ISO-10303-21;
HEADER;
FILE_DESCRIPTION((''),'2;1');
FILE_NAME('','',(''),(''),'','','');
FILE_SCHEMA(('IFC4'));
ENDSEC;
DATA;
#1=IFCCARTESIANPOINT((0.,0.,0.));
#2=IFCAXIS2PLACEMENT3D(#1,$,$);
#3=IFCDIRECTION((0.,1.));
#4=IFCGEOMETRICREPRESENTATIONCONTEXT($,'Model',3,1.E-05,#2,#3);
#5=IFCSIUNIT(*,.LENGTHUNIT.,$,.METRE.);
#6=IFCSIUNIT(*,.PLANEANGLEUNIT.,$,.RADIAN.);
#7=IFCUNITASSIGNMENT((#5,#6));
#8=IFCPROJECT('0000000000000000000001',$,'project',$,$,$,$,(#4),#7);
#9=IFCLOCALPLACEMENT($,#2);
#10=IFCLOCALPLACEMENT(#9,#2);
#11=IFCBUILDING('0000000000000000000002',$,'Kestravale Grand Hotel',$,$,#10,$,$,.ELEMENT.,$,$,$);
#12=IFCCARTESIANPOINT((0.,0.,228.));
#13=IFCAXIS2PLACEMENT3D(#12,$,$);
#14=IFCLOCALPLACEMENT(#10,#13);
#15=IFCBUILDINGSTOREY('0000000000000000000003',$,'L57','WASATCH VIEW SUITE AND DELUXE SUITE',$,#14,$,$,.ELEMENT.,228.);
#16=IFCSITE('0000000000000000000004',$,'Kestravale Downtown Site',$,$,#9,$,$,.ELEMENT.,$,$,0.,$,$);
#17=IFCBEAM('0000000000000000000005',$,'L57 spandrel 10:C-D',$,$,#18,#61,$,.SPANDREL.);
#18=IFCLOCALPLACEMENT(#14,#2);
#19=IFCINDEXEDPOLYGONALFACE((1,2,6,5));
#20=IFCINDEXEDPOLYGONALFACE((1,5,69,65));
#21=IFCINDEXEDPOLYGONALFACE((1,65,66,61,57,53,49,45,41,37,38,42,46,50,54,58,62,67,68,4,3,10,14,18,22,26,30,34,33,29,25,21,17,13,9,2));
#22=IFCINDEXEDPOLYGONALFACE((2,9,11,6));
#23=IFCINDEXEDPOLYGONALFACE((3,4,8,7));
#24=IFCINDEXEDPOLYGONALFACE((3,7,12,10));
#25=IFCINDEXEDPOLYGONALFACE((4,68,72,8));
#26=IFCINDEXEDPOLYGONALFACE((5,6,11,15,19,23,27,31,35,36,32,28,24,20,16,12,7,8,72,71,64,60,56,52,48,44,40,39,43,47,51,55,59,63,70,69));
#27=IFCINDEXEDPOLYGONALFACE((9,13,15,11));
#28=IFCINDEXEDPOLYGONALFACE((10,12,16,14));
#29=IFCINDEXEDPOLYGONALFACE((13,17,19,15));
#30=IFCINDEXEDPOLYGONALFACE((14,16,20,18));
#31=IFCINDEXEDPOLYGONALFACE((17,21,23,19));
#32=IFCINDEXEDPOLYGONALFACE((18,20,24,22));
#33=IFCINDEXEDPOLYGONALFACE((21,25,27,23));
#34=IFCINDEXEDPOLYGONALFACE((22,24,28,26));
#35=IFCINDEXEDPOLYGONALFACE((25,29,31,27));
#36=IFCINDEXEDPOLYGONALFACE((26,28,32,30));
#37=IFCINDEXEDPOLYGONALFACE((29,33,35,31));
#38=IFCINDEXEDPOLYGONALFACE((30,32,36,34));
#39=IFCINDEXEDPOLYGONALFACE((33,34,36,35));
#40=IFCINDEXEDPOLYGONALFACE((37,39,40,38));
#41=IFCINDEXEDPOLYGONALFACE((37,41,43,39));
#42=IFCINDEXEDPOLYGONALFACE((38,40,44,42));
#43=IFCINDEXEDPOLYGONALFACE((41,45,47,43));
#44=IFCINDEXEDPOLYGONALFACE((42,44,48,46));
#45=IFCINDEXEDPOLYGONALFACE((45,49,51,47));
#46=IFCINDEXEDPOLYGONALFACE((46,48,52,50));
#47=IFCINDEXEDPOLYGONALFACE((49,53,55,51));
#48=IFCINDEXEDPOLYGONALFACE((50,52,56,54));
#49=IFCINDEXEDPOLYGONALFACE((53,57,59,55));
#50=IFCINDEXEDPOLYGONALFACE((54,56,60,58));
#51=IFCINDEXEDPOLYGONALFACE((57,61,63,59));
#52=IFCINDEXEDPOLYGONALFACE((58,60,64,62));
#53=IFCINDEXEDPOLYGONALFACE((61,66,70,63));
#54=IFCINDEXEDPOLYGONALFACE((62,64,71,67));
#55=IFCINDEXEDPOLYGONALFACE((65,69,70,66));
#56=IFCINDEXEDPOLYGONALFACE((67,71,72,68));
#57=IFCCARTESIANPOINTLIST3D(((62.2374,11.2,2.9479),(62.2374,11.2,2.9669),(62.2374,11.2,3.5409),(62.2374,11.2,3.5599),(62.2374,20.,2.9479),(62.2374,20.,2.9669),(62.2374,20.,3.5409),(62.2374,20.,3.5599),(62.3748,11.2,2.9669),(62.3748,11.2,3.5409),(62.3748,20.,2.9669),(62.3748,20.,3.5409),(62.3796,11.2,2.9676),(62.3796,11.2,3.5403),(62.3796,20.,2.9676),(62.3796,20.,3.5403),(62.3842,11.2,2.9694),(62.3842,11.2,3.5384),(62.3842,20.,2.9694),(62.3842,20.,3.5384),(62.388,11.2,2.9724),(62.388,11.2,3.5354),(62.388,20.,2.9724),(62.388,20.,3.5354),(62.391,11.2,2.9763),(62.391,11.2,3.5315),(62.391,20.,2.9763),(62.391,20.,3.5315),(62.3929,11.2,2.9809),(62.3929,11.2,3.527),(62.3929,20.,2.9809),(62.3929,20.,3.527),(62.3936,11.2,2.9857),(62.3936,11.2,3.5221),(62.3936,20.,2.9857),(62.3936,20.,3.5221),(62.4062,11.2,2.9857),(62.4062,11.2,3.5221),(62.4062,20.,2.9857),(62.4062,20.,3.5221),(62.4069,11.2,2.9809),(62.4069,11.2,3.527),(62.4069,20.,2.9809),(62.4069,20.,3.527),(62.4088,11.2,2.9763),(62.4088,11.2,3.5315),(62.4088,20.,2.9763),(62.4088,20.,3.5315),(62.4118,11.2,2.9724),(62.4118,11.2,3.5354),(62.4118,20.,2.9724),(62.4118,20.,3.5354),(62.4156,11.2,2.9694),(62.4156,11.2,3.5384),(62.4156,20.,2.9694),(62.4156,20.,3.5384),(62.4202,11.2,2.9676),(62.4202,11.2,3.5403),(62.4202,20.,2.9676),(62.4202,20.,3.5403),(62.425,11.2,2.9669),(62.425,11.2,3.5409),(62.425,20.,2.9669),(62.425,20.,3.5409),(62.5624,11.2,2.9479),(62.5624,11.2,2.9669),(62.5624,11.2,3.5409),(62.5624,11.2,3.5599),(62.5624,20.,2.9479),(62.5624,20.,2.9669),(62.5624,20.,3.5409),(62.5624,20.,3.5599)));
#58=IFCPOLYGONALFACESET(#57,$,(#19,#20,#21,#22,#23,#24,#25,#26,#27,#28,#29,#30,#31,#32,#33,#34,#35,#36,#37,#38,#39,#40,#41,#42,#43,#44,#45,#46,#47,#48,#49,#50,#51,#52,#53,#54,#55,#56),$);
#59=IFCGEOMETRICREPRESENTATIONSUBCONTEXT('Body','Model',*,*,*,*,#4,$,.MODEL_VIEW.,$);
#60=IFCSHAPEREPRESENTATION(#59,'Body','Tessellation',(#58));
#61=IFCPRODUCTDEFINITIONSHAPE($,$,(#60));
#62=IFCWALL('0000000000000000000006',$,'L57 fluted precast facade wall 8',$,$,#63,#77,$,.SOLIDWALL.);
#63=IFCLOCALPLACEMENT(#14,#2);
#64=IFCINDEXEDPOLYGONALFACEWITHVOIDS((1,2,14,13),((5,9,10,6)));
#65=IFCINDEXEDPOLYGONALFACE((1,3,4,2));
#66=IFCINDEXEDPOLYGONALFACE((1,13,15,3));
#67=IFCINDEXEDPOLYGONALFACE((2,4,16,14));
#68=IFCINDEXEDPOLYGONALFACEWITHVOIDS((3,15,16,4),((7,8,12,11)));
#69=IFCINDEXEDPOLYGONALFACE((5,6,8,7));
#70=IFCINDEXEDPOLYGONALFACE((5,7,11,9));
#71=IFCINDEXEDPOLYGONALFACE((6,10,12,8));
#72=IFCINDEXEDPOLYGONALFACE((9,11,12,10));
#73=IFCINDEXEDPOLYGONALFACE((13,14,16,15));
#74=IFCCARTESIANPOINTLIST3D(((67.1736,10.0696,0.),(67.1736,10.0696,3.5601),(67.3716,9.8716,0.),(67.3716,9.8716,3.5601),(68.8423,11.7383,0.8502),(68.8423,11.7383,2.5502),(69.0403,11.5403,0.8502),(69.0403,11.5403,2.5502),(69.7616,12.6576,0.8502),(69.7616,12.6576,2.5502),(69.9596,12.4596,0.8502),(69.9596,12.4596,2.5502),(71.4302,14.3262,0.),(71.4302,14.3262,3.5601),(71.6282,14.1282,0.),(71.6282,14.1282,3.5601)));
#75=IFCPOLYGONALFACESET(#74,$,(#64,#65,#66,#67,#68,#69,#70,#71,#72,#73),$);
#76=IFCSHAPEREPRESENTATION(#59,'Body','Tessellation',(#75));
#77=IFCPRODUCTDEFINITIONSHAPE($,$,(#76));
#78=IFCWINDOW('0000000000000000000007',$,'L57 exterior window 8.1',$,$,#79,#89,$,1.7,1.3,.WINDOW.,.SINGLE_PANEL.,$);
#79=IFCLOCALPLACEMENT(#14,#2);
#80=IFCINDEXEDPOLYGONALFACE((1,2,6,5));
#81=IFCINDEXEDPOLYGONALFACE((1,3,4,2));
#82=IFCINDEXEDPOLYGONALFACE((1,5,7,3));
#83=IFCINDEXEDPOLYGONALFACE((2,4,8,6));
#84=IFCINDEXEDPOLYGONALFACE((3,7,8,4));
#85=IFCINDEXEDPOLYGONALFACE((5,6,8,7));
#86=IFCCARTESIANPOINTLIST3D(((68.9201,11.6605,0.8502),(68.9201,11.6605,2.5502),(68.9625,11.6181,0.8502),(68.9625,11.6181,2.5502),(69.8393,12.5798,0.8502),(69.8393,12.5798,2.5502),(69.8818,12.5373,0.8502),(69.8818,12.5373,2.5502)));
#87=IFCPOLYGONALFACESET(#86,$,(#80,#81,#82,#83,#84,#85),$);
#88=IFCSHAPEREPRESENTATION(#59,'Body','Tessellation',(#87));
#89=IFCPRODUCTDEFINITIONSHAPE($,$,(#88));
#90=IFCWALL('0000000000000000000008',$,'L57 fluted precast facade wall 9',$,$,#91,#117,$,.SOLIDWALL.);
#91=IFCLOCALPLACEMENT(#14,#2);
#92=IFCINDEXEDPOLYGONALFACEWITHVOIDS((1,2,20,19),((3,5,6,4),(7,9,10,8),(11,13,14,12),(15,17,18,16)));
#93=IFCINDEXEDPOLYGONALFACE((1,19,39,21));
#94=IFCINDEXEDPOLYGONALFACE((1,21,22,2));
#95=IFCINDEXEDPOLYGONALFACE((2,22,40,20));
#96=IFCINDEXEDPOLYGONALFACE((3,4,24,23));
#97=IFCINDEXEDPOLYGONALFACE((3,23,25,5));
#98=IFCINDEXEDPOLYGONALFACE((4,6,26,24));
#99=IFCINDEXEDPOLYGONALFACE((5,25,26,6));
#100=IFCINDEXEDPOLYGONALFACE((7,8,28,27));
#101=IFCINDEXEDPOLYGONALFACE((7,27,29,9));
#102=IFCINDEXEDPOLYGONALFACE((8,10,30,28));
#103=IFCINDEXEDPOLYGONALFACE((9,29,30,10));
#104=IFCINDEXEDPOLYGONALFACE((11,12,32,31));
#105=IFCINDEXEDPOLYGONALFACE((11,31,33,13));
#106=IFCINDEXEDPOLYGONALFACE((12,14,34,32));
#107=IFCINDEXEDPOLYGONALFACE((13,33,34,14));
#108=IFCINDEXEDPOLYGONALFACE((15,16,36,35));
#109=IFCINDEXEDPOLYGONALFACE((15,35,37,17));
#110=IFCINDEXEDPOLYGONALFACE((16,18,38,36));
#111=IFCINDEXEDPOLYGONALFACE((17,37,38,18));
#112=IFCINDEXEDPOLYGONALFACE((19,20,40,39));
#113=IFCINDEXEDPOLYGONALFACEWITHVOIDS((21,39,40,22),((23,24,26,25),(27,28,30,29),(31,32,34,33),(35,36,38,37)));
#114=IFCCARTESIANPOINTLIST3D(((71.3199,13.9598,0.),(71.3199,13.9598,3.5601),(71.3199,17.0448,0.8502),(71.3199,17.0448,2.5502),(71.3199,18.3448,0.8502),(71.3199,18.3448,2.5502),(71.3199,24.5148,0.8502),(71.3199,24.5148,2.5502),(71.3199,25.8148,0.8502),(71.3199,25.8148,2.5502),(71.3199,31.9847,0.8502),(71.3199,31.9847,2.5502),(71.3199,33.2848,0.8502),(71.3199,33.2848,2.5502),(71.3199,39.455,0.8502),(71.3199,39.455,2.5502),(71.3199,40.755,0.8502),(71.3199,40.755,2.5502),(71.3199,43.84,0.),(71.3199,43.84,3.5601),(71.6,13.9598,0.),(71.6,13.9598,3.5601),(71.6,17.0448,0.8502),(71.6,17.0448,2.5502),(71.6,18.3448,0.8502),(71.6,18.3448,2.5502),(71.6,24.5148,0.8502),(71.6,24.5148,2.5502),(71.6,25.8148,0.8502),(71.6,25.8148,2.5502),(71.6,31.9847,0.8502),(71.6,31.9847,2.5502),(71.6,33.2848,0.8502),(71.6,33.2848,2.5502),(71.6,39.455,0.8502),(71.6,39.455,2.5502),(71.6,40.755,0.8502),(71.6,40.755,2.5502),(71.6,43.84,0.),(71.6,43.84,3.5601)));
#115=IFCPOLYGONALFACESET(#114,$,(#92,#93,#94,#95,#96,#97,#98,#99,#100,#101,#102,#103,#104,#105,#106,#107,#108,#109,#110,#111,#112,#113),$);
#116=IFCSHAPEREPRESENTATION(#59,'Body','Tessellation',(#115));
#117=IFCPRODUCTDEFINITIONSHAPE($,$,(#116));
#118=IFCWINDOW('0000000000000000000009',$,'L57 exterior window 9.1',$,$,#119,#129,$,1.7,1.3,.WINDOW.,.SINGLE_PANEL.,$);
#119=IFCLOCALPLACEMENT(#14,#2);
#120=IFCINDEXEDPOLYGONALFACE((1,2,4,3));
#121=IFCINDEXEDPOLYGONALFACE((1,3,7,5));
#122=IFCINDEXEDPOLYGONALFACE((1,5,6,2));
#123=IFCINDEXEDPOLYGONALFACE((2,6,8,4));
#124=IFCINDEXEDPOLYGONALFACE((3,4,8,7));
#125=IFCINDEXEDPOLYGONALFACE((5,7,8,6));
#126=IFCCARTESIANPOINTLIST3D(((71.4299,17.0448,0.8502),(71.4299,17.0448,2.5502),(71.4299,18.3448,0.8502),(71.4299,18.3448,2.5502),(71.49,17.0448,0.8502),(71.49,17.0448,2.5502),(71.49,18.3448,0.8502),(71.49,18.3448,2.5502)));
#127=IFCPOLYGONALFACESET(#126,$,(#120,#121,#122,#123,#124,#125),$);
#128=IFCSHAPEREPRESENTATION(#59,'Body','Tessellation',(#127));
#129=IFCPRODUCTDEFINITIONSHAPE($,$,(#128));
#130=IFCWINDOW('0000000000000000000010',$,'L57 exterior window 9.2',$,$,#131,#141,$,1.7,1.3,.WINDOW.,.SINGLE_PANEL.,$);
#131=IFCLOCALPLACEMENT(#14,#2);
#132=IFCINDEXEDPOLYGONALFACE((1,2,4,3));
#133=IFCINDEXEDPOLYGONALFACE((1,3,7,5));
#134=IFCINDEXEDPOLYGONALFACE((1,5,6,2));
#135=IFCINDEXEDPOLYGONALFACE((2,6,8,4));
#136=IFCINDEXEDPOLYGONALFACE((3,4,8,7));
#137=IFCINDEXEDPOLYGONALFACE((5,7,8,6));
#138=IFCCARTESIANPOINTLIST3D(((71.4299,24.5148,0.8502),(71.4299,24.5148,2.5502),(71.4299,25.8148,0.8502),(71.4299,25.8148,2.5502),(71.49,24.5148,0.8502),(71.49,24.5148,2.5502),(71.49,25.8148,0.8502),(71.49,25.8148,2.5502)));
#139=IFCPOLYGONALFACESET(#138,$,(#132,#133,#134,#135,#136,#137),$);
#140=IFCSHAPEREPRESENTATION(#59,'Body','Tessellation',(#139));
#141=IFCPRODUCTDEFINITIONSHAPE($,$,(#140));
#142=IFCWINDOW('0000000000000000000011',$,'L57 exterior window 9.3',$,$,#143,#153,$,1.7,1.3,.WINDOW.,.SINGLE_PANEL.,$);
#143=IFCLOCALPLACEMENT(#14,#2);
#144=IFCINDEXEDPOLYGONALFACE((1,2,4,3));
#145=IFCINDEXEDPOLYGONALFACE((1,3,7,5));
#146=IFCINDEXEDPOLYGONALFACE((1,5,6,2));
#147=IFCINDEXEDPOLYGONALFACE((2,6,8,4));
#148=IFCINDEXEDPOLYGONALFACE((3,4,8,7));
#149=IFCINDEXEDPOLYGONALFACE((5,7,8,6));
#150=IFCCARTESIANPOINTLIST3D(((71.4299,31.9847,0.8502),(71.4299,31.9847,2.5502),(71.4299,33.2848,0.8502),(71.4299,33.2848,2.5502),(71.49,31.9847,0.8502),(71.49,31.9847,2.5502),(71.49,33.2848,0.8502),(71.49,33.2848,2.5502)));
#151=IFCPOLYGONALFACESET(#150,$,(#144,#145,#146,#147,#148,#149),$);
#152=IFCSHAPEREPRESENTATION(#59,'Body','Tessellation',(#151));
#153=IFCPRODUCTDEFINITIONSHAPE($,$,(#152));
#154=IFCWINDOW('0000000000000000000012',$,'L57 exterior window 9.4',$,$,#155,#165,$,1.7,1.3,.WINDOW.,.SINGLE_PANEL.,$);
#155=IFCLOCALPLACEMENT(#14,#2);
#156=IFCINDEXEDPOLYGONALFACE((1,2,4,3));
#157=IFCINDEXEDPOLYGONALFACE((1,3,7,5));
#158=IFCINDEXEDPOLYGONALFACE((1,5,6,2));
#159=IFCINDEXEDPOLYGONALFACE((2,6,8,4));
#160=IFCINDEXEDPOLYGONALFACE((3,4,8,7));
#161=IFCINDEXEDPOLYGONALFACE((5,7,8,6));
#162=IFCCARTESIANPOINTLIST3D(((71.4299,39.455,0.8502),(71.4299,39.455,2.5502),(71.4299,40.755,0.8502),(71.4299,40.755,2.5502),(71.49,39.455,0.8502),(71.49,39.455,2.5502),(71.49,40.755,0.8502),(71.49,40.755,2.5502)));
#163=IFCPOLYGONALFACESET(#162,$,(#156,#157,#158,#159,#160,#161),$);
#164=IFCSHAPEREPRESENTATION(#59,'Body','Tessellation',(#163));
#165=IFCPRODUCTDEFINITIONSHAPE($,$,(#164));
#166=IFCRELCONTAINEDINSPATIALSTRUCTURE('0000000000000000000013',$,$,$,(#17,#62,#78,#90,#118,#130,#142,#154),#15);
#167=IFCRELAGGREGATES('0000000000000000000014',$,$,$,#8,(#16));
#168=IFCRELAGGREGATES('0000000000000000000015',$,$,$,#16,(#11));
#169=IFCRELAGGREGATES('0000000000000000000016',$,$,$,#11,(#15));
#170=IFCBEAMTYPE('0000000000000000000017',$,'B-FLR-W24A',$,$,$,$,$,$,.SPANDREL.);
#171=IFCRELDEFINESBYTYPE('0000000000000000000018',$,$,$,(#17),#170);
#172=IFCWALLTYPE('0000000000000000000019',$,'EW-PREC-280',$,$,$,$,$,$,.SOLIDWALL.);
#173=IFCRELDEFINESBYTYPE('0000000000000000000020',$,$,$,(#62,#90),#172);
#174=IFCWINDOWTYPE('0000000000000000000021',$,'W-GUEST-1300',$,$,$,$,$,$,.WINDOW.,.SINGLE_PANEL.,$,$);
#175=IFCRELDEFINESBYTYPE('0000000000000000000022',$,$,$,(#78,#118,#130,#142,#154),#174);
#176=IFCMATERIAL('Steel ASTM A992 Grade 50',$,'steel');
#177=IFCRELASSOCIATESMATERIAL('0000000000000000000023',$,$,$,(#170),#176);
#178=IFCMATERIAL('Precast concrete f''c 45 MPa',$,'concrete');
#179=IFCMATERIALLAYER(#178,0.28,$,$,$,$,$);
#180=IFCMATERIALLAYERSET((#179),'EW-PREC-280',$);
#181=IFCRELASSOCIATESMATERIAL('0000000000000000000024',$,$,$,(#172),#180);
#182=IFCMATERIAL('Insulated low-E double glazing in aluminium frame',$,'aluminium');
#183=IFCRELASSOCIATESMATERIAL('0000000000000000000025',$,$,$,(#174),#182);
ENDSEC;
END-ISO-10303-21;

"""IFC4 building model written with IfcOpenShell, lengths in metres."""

from ifc_helpers import new_model, si_unit, direction, frame, frame_2d, origin, origin_2d, place, context, subcontext, project, spatial, rectangle, i_section, extrude, material, layer, layer_set, material_profile, profile_set, type_object, element, fill, save


model = new_model("IFC4")

# Units and contexts
model_context = context("Model", 3, precision=1e-05, world=origin(), true_north=direction((0.0, 1.0)))
body_context = subcontext(model_context, "Body", "Model", "MODEL_VIEW")
ifc_project = project(units=[si_unit("LENGTHUNIT", "METRE"), si_unit("PLANEANGLEUNIT", "RADIAN")], contexts=[model_context])

# Site, building, storey
site_placement = place(None, origin())
site = spatial("IfcSite", under=ifc_project, at=site_placement, Name="Kestravale Downtown Site", CompositionType="ELEMENT", RefElevation=0.0)
building_placement = place(site_placement, origin())
building = spatial("IfcBuilding", under=site, at=building_placement, Name="Kestravale Grand Hotel", CompositionType="ELEMENT")
storey_placement = place(building_placement, frame((0.0, 0.0, 228.0)))
storey = spatial("IfcBuildingStorey", under=building, at=storey_placement, Name="L57", Description="WASATCH VIEW SUITE AND DELUXE SUITE", CompositionType="ELEMENT", Elevation=228.0)

# Beam
ifc_material_1 = material(Name="Steel ASTM A992 Grade 50", Category="steel")
ifc_material_profile_1 = material_profile(ifc_material_1, i_section(OverallWidth=0.325, OverallDepth=0.6121, WebThickness=0.0127, FlangeThickness=0.019, FilletRadius=0.0188, at=origin_2d()))
ifc_profile_set_1 = profile_set([ifc_material_profile_1], Name="Steel ASTM A992 Grade 50")
beam_type_1 = type_object("IfcBeamType", Name="B-FLR-W24A", PredefinedType="SPANDREL", material=ifc_profile_set_1)
for number, where, z_axis, x_axis, name in (
    (1, (62.3999, 11.2, 3.2539), (0.0, 1.0, 0.0), (-1.0, 0.0, 0.0), "L57 spandrel 10:C-D"),
):
    element("IfcBeam", number, at=place(storey_placement, frame(where, z_axis=z_axis, x_axis=x_axis)), inside=storey, type_object=beam_type_1, Name=name, PredefinedType="SPANDREL", context=body_context, shape_type="SweptSolid", body=[
        extrude(i_section(OverallWidth=0.325, OverallDepth=0.6121, WebThickness=0.0127, FlangeThickness=0.019, FilletRadius=0.0188, at=origin_2d()), origin(), (0.0, 0.0, 1.0), 8.8),
    ])

# Wall, opening, window
ifc_material_2 = material(Name="Precast concrete f'c 45 MPa", Category="concrete")
ifc_layer_1 = layer(ifc_material_2, 0.28)
ifc_layer_set_1 = layer_set([ifc_layer_1], Name="EW-PREC-280")
wall_type_1 = type_object("IfcWallType", Name="EW-PREC-280", PredefinedType="SOLIDWALL", material=ifc_layer_set_1)
wall_1_placement = place(storey_placement, frame((67.2727, 9.9707, 0.0), z_axis=(0.0, 0.0, 1.0), x_axis=(0.707107, 0.707107, 0.0)))
wall_1 = element("IfcWall", 2, at=wall_1_placement, inside=storey, type_object=wall_type_1, Name="L57 fluted precast facade wall 8", PredefinedType="SOLIDWALL", context=body_context, shape_type="SweptSolid", body=[
    extrude(rectangle(XDim=6.0198, YDim=0.28, at=frame_2d((3.0098, 0.0))), origin(), (0.0, 0.0, 1.0), 3.5601),
])
opening_1_placement = place(wall_1_placement, frame((2.3599, 0.0, 0.8501)))
opening_1 = element("IfcOpeningElement", 3, at=opening_1_placement, cuts=wall_1, PredefinedType="OPENING", context=body_context, shape_type="SweptSolid", body=[
    extrude(rectangle(XDim=1.3, YDim=1.7, at=frame_2d((0.6499, 0.8501))), frame((0.0, 0.1499, 0.0), z_axis=(0.0, -1.0, 0.0), x_axis=(1.0, 0.0, 0.0)), (0.0, 0.0, 1.0), 0.3),
])
ifc_material_3 = material(Name="Insulated low-E double glazing in aluminium frame", Category="aluminium")
window_type = type_object("IfcWindowType", Name="W-GUEST-1300", PartitioningType="SINGLE_PANEL", PredefinedType="WINDOW", material=ifc_material_3)
window_1_placement = place(opening_1_placement, origin())
window_1 = element("IfcWindow", 4, at=window_1_placement, inside=storey, type_object=window_type, Name="L57 exterior window 8.1", OverallHeight=1.7, OverallWidth=1.3, PartitioningType="SINGLE_PANEL", PredefinedType="WINDOW", context=body_context, shape_type="SweptSolid", body=[
    extrude(rectangle(XDim=1.3, YDim=1.7, at=frame_2d((0.6499, 0.8501))), frame((0.0, 0.03, 0.0), z_axis=(0.0, -1.0, 0.0), x_axis=(1.0, 0.0, 0.0)), (0.0, 0.0, 1.0), 0.0601),
])
fill(opening_1, window_1)

# Wall, openings, windows
wall_2_placement = place(storey_placement, frame((71.46, 13.96, 0.0), z_axis=(0.0, 0.0, 1.0), x_axis=(0.0, 1.0, 0.0)))
wall_2 = element("IfcWall", 5, at=wall_2_placement, inside=storey, type_object=wall_type_1, Name="L57 fluted precast facade wall 9", PredefinedType="SOLIDWALL", context=body_context, shape_type="SweptSolid", body=[
    extrude(rectangle(XDim=29.8801, YDim=0.28, at=frame_2d((14.9399, 0.0))), origin(), (0.0, 0.0, 1.0), 3.5601),
])
opening_2_placement = place(wall_2_placement, frame((3.085, 0.0, 0.8501)))
opening_2 = element("IfcOpeningElement", 6, at=opening_2_placement, cuts=wall_2, PredefinedType="OPENING", context=body_context, shape_type="SweptSolid", body=[
    extrude(rectangle(XDim=1.3, YDim=1.7, at=frame_2d((0.6499, 0.8501))), frame((0.0, 0.1499, 0.0), z_axis=(0.0, -1.0, 0.0), x_axis=(1.0, 0.0, 0.0)), (0.0, 0.0, 1.0), 0.3),
])
opening_3_placement = place(wall_2_placement, frame((10.5549, 0.0, 0.8501)))
opening_3 = element("IfcOpeningElement", 7, at=opening_3_placement, cuts=wall_2, PredefinedType="OPENING", context=body_context, shape_type="SweptSolid", body=[
    extrude(rectangle(XDim=1.3, YDim=1.7, at=frame_2d((0.6499, 0.8501))), frame((0.0, 0.1499, 0.0), z_axis=(0.0, -1.0, 0.0), x_axis=(1.0, 0.0, 0.0)), (0.0, 0.0, 1.0), 0.3),
])
opening_4_placement = place(wall_2_placement, frame((18.0249, 0.0, 0.8501)))
opening_4 = element("IfcOpeningElement", 8, at=opening_4_placement, cuts=wall_2, PredefinedType="OPENING", context=body_context, shape_type="SweptSolid", body=[
    extrude(rectangle(XDim=1.3, YDim=1.7, at=frame_2d((0.6499, 0.8501))), frame((0.0, 0.1499, 0.0), z_axis=(0.0, -1.0, 0.0), x_axis=(1.0, 0.0, 0.0)), (0.0, 0.0, 1.0), 0.3),
])
opening_5_placement = place(wall_2_placement, frame((25.4951, 0.0, 0.8501)))
opening_5 = element("IfcOpeningElement", 9, at=opening_5_placement, cuts=wall_2, PredefinedType="OPENING", context=body_context, shape_type="SweptSolid", body=[
    extrude(rectangle(XDim=1.3, YDim=1.7, at=frame_2d((0.6499, 0.8501))), frame((0.0, 0.1499, 0.0), z_axis=(0.0, -1.0, 0.0), x_axis=(1.0, 0.0, 0.0)), (0.0, 0.0, 1.0), 0.3),
])
window_2_placement = place(opening_2_placement, origin())
window_2 = element("IfcWindow", 10, at=window_2_placement, inside=storey, type_object=window_type, Name="L57 exterior window 9.1", OverallHeight=1.7, OverallWidth=1.3, PartitioningType="SINGLE_PANEL", PredefinedType="WINDOW", context=body_context, shape_type="SweptSolid", body=[
    extrude(rectangle(XDim=1.3, YDim=1.7, at=frame_2d((0.6499, 0.8501))), frame((0.0, 0.03, 0.0), z_axis=(0.0, -1.0, 0.0), x_axis=(1.0, 0.0, 0.0)), (0.0, 0.0, 1.0), 0.0601),
])
fill(opening_2, window_2)
window_3_placement = place(opening_3_placement, origin())
window_3 = element("IfcWindow", 11, at=window_3_placement, inside=storey, type_object=window_type, Name="L57 exterior window 9.2", OverallHeight=1.7, OverallWidth=1.3, PartitioningType="SINGLE_PANEL", PredefinedType="WINDOW", context=body_context, shape_type="SweptSolid", body=[
    extrude(rectangle(XDim=1.3, YDim=1.7, at=frame_2d((0.6499, 0.8501))), frame((0.0, 0.03, 0.0), z_axis=(0.0, -1.0, 0.0), x_axis=(1.0, 0.0, 0.0)), (0.0, 0.0, 1.0), 0.0601),
])
fill(opening_3, window_3)
window_4_placement = place(opening_4_placement, origin())
window_4 = element("IfcWindow", 12, at=window_4_placement, inside=storey, type_object=window_type, Name="L57 exterior window 9.3", OverallHeight=1.7, OverallWidth=1.3, PartitioningType="SINGLE_PANEL", PredefinedType="WINDOW", context=body_context, shape_type="SweptSolid", body=[
    extrude(rectangle(XDim=1.3, YDim=1.7, at=frame_2d((0.6499, 0.8501))), frame((0.0, 0.03, 0.0), z_axis=(0.0, -1.0, 0.0), x_axis=(1.0, 0.0, 0.0)), (0.0, 0.0, 1.0), 0.0601),
])
fill(opening_4, window_4)
window_5_placement = place(opening_5_placement, origin())
window_5 = element("IfcWindow", 13, at=window_5_placement, inside=storey, type_object=window_type, Name="L57 exterior window 9.4", OverallHeight=1.7, OverallWidth=1.3, PartitioningType="SINGLE_PANEL", PredefinedType="WINDOW", context=body_context, shape_type="SweptSolid", body=[
    extrude(rectangle(XDim=1.3, YDim=1.7, at=frame_2d((0.6499, 0.8501))), frame((0.0, 0.03, 0.0), z_axis=(0.0, -1.0, 0.0), x_axis=(1.0, 0.0, 0.0)), (0.0, 0.0, 1.0), 0.0601),
])
fill(opening_5, window_5)

save(model, "model.ifc")
